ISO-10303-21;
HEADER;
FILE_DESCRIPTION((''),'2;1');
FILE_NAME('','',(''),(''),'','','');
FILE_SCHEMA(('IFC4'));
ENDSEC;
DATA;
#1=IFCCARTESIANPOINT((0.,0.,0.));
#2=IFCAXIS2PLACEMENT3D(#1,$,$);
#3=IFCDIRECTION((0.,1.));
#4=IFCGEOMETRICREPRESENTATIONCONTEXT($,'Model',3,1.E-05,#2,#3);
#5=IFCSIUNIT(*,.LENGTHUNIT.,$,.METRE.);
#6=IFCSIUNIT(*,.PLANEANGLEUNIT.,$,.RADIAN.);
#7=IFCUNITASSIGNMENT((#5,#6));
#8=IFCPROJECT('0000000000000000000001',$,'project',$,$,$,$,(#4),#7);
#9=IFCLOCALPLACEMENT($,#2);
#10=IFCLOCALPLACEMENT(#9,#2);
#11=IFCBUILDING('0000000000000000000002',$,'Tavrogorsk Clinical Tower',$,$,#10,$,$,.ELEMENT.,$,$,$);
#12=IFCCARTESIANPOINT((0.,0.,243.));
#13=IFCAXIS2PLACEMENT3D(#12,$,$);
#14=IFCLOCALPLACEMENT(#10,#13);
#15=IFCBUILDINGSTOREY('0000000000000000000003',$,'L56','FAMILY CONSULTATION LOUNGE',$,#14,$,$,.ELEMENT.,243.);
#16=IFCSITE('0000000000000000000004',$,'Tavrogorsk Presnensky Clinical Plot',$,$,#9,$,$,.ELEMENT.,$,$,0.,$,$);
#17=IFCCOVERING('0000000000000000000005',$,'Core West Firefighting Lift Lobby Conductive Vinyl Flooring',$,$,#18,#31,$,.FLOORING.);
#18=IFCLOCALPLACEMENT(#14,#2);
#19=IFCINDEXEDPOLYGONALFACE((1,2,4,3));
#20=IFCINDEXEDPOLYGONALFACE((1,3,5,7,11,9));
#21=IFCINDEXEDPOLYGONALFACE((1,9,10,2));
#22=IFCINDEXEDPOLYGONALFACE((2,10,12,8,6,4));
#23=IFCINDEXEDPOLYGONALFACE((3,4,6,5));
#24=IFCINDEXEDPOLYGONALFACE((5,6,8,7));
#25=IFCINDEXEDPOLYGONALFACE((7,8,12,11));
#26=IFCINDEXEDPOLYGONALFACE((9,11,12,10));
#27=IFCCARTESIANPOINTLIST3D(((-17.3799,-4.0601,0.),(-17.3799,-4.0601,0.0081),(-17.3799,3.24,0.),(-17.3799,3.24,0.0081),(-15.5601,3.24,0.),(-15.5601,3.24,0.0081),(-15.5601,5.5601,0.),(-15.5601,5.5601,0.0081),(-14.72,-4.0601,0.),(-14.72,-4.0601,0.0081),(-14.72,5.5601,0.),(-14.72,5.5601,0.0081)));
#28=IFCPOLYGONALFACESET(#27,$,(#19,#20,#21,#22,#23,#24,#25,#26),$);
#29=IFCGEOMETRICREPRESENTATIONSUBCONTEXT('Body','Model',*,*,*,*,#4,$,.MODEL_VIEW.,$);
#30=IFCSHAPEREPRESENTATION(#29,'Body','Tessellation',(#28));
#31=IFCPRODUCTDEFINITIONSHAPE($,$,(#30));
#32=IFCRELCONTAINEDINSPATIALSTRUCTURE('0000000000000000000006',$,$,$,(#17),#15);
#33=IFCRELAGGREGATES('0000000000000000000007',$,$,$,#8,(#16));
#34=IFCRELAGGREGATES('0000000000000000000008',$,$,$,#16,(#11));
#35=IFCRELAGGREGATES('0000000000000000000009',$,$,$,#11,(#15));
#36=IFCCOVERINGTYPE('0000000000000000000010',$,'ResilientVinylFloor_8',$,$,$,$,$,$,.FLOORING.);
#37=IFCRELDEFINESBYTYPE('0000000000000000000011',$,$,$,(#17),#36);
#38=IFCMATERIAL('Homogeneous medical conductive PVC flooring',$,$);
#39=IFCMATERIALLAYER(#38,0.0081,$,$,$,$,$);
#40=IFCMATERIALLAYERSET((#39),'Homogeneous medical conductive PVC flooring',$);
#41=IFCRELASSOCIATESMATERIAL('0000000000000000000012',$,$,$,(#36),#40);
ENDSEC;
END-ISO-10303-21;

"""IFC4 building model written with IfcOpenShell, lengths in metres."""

from ifc_helpers import new_model, si_unit, direction, frame, origin, place, context, subcontext, project, spatial, polyline, outline, extrude, material, layer, layer_set, type_object, element, save


model = new_model("IFC4")

# Units and contexts
model_context = context("Model", 3, precision=1e-05, world=origin(), true_north=direction((0.0, 1.0)))
body_context = subcontext(model_context, "Body", "Model", "MODEL_VIEW")
ifc_project = project(units=[si_unit("LENGTHUNIT", "METRE"), si_unit("PLANEANGLEUNIT", "RADIAN")], contexts=[model_context])

# Site, building, storey
site_placement = place(None, origin())
site = spatial("IfcSite", under=ifc_project, at=site_placement, Name="Tavrogorsk Presnensky Clinical Plot", CompositionType="ELEMENT", RefElevation=0.0)
building_placement = place(site_placement, origin())
building = spatial("IfcBuilding", under=site, at=building_placement, Name="Tavrogorsk Clinical Tower", CompositionType="ELEMENT")
storey_placement = place(building_placement, frame((0.0, 0.0, 243.0)))
storey = spatial("IfcBuildingStorey", under=building, at=storey_placement, Name="L56", Description="FAMILY CONSULTATION LOUNGE", CompositionType="ELEMENT", Elevation=243.0)

# Covering
ifc_material_1 = material(Name="Homogeneous medical conductive PVC flooring")
ifc_layer_1 = layer(ifc_material_1, 0.0081)
ifc_layer_set_1 = layer_set([ifc_layer_1], Name="Homogeneous medical conductive PVC flooring")
covering_type_1 = type_object("IfcCoveringType", Name="ResilientVinylFloor_8", PredefinedType="FLOORING", material=ifc_layer_set_1)
covering_1_placement = place(storey_placement, origin())
element("IfcCovering", 1, at=covering_1_placement, inside=storey, type_object=covering_type_1, Name="Core West Firefighting Lift Lobby Conductive Vinyl Flooring", PredefinedType="FLOORING", context=body_context, shape_type="SweptSolid", body=[
    extrude(outline(polyline([(-14.72, 5.5601), (-14.72, -4.0601), (-17.3799, -4.0601), (-17.3799, 3.24), (-15.5601, 3.24), (-15.5601, 5.5601), (-14.72, 5.5601)])), origin(), (0.0, 0.0, 1.0), 0.0081),
])

save(model, "model.ifc")
